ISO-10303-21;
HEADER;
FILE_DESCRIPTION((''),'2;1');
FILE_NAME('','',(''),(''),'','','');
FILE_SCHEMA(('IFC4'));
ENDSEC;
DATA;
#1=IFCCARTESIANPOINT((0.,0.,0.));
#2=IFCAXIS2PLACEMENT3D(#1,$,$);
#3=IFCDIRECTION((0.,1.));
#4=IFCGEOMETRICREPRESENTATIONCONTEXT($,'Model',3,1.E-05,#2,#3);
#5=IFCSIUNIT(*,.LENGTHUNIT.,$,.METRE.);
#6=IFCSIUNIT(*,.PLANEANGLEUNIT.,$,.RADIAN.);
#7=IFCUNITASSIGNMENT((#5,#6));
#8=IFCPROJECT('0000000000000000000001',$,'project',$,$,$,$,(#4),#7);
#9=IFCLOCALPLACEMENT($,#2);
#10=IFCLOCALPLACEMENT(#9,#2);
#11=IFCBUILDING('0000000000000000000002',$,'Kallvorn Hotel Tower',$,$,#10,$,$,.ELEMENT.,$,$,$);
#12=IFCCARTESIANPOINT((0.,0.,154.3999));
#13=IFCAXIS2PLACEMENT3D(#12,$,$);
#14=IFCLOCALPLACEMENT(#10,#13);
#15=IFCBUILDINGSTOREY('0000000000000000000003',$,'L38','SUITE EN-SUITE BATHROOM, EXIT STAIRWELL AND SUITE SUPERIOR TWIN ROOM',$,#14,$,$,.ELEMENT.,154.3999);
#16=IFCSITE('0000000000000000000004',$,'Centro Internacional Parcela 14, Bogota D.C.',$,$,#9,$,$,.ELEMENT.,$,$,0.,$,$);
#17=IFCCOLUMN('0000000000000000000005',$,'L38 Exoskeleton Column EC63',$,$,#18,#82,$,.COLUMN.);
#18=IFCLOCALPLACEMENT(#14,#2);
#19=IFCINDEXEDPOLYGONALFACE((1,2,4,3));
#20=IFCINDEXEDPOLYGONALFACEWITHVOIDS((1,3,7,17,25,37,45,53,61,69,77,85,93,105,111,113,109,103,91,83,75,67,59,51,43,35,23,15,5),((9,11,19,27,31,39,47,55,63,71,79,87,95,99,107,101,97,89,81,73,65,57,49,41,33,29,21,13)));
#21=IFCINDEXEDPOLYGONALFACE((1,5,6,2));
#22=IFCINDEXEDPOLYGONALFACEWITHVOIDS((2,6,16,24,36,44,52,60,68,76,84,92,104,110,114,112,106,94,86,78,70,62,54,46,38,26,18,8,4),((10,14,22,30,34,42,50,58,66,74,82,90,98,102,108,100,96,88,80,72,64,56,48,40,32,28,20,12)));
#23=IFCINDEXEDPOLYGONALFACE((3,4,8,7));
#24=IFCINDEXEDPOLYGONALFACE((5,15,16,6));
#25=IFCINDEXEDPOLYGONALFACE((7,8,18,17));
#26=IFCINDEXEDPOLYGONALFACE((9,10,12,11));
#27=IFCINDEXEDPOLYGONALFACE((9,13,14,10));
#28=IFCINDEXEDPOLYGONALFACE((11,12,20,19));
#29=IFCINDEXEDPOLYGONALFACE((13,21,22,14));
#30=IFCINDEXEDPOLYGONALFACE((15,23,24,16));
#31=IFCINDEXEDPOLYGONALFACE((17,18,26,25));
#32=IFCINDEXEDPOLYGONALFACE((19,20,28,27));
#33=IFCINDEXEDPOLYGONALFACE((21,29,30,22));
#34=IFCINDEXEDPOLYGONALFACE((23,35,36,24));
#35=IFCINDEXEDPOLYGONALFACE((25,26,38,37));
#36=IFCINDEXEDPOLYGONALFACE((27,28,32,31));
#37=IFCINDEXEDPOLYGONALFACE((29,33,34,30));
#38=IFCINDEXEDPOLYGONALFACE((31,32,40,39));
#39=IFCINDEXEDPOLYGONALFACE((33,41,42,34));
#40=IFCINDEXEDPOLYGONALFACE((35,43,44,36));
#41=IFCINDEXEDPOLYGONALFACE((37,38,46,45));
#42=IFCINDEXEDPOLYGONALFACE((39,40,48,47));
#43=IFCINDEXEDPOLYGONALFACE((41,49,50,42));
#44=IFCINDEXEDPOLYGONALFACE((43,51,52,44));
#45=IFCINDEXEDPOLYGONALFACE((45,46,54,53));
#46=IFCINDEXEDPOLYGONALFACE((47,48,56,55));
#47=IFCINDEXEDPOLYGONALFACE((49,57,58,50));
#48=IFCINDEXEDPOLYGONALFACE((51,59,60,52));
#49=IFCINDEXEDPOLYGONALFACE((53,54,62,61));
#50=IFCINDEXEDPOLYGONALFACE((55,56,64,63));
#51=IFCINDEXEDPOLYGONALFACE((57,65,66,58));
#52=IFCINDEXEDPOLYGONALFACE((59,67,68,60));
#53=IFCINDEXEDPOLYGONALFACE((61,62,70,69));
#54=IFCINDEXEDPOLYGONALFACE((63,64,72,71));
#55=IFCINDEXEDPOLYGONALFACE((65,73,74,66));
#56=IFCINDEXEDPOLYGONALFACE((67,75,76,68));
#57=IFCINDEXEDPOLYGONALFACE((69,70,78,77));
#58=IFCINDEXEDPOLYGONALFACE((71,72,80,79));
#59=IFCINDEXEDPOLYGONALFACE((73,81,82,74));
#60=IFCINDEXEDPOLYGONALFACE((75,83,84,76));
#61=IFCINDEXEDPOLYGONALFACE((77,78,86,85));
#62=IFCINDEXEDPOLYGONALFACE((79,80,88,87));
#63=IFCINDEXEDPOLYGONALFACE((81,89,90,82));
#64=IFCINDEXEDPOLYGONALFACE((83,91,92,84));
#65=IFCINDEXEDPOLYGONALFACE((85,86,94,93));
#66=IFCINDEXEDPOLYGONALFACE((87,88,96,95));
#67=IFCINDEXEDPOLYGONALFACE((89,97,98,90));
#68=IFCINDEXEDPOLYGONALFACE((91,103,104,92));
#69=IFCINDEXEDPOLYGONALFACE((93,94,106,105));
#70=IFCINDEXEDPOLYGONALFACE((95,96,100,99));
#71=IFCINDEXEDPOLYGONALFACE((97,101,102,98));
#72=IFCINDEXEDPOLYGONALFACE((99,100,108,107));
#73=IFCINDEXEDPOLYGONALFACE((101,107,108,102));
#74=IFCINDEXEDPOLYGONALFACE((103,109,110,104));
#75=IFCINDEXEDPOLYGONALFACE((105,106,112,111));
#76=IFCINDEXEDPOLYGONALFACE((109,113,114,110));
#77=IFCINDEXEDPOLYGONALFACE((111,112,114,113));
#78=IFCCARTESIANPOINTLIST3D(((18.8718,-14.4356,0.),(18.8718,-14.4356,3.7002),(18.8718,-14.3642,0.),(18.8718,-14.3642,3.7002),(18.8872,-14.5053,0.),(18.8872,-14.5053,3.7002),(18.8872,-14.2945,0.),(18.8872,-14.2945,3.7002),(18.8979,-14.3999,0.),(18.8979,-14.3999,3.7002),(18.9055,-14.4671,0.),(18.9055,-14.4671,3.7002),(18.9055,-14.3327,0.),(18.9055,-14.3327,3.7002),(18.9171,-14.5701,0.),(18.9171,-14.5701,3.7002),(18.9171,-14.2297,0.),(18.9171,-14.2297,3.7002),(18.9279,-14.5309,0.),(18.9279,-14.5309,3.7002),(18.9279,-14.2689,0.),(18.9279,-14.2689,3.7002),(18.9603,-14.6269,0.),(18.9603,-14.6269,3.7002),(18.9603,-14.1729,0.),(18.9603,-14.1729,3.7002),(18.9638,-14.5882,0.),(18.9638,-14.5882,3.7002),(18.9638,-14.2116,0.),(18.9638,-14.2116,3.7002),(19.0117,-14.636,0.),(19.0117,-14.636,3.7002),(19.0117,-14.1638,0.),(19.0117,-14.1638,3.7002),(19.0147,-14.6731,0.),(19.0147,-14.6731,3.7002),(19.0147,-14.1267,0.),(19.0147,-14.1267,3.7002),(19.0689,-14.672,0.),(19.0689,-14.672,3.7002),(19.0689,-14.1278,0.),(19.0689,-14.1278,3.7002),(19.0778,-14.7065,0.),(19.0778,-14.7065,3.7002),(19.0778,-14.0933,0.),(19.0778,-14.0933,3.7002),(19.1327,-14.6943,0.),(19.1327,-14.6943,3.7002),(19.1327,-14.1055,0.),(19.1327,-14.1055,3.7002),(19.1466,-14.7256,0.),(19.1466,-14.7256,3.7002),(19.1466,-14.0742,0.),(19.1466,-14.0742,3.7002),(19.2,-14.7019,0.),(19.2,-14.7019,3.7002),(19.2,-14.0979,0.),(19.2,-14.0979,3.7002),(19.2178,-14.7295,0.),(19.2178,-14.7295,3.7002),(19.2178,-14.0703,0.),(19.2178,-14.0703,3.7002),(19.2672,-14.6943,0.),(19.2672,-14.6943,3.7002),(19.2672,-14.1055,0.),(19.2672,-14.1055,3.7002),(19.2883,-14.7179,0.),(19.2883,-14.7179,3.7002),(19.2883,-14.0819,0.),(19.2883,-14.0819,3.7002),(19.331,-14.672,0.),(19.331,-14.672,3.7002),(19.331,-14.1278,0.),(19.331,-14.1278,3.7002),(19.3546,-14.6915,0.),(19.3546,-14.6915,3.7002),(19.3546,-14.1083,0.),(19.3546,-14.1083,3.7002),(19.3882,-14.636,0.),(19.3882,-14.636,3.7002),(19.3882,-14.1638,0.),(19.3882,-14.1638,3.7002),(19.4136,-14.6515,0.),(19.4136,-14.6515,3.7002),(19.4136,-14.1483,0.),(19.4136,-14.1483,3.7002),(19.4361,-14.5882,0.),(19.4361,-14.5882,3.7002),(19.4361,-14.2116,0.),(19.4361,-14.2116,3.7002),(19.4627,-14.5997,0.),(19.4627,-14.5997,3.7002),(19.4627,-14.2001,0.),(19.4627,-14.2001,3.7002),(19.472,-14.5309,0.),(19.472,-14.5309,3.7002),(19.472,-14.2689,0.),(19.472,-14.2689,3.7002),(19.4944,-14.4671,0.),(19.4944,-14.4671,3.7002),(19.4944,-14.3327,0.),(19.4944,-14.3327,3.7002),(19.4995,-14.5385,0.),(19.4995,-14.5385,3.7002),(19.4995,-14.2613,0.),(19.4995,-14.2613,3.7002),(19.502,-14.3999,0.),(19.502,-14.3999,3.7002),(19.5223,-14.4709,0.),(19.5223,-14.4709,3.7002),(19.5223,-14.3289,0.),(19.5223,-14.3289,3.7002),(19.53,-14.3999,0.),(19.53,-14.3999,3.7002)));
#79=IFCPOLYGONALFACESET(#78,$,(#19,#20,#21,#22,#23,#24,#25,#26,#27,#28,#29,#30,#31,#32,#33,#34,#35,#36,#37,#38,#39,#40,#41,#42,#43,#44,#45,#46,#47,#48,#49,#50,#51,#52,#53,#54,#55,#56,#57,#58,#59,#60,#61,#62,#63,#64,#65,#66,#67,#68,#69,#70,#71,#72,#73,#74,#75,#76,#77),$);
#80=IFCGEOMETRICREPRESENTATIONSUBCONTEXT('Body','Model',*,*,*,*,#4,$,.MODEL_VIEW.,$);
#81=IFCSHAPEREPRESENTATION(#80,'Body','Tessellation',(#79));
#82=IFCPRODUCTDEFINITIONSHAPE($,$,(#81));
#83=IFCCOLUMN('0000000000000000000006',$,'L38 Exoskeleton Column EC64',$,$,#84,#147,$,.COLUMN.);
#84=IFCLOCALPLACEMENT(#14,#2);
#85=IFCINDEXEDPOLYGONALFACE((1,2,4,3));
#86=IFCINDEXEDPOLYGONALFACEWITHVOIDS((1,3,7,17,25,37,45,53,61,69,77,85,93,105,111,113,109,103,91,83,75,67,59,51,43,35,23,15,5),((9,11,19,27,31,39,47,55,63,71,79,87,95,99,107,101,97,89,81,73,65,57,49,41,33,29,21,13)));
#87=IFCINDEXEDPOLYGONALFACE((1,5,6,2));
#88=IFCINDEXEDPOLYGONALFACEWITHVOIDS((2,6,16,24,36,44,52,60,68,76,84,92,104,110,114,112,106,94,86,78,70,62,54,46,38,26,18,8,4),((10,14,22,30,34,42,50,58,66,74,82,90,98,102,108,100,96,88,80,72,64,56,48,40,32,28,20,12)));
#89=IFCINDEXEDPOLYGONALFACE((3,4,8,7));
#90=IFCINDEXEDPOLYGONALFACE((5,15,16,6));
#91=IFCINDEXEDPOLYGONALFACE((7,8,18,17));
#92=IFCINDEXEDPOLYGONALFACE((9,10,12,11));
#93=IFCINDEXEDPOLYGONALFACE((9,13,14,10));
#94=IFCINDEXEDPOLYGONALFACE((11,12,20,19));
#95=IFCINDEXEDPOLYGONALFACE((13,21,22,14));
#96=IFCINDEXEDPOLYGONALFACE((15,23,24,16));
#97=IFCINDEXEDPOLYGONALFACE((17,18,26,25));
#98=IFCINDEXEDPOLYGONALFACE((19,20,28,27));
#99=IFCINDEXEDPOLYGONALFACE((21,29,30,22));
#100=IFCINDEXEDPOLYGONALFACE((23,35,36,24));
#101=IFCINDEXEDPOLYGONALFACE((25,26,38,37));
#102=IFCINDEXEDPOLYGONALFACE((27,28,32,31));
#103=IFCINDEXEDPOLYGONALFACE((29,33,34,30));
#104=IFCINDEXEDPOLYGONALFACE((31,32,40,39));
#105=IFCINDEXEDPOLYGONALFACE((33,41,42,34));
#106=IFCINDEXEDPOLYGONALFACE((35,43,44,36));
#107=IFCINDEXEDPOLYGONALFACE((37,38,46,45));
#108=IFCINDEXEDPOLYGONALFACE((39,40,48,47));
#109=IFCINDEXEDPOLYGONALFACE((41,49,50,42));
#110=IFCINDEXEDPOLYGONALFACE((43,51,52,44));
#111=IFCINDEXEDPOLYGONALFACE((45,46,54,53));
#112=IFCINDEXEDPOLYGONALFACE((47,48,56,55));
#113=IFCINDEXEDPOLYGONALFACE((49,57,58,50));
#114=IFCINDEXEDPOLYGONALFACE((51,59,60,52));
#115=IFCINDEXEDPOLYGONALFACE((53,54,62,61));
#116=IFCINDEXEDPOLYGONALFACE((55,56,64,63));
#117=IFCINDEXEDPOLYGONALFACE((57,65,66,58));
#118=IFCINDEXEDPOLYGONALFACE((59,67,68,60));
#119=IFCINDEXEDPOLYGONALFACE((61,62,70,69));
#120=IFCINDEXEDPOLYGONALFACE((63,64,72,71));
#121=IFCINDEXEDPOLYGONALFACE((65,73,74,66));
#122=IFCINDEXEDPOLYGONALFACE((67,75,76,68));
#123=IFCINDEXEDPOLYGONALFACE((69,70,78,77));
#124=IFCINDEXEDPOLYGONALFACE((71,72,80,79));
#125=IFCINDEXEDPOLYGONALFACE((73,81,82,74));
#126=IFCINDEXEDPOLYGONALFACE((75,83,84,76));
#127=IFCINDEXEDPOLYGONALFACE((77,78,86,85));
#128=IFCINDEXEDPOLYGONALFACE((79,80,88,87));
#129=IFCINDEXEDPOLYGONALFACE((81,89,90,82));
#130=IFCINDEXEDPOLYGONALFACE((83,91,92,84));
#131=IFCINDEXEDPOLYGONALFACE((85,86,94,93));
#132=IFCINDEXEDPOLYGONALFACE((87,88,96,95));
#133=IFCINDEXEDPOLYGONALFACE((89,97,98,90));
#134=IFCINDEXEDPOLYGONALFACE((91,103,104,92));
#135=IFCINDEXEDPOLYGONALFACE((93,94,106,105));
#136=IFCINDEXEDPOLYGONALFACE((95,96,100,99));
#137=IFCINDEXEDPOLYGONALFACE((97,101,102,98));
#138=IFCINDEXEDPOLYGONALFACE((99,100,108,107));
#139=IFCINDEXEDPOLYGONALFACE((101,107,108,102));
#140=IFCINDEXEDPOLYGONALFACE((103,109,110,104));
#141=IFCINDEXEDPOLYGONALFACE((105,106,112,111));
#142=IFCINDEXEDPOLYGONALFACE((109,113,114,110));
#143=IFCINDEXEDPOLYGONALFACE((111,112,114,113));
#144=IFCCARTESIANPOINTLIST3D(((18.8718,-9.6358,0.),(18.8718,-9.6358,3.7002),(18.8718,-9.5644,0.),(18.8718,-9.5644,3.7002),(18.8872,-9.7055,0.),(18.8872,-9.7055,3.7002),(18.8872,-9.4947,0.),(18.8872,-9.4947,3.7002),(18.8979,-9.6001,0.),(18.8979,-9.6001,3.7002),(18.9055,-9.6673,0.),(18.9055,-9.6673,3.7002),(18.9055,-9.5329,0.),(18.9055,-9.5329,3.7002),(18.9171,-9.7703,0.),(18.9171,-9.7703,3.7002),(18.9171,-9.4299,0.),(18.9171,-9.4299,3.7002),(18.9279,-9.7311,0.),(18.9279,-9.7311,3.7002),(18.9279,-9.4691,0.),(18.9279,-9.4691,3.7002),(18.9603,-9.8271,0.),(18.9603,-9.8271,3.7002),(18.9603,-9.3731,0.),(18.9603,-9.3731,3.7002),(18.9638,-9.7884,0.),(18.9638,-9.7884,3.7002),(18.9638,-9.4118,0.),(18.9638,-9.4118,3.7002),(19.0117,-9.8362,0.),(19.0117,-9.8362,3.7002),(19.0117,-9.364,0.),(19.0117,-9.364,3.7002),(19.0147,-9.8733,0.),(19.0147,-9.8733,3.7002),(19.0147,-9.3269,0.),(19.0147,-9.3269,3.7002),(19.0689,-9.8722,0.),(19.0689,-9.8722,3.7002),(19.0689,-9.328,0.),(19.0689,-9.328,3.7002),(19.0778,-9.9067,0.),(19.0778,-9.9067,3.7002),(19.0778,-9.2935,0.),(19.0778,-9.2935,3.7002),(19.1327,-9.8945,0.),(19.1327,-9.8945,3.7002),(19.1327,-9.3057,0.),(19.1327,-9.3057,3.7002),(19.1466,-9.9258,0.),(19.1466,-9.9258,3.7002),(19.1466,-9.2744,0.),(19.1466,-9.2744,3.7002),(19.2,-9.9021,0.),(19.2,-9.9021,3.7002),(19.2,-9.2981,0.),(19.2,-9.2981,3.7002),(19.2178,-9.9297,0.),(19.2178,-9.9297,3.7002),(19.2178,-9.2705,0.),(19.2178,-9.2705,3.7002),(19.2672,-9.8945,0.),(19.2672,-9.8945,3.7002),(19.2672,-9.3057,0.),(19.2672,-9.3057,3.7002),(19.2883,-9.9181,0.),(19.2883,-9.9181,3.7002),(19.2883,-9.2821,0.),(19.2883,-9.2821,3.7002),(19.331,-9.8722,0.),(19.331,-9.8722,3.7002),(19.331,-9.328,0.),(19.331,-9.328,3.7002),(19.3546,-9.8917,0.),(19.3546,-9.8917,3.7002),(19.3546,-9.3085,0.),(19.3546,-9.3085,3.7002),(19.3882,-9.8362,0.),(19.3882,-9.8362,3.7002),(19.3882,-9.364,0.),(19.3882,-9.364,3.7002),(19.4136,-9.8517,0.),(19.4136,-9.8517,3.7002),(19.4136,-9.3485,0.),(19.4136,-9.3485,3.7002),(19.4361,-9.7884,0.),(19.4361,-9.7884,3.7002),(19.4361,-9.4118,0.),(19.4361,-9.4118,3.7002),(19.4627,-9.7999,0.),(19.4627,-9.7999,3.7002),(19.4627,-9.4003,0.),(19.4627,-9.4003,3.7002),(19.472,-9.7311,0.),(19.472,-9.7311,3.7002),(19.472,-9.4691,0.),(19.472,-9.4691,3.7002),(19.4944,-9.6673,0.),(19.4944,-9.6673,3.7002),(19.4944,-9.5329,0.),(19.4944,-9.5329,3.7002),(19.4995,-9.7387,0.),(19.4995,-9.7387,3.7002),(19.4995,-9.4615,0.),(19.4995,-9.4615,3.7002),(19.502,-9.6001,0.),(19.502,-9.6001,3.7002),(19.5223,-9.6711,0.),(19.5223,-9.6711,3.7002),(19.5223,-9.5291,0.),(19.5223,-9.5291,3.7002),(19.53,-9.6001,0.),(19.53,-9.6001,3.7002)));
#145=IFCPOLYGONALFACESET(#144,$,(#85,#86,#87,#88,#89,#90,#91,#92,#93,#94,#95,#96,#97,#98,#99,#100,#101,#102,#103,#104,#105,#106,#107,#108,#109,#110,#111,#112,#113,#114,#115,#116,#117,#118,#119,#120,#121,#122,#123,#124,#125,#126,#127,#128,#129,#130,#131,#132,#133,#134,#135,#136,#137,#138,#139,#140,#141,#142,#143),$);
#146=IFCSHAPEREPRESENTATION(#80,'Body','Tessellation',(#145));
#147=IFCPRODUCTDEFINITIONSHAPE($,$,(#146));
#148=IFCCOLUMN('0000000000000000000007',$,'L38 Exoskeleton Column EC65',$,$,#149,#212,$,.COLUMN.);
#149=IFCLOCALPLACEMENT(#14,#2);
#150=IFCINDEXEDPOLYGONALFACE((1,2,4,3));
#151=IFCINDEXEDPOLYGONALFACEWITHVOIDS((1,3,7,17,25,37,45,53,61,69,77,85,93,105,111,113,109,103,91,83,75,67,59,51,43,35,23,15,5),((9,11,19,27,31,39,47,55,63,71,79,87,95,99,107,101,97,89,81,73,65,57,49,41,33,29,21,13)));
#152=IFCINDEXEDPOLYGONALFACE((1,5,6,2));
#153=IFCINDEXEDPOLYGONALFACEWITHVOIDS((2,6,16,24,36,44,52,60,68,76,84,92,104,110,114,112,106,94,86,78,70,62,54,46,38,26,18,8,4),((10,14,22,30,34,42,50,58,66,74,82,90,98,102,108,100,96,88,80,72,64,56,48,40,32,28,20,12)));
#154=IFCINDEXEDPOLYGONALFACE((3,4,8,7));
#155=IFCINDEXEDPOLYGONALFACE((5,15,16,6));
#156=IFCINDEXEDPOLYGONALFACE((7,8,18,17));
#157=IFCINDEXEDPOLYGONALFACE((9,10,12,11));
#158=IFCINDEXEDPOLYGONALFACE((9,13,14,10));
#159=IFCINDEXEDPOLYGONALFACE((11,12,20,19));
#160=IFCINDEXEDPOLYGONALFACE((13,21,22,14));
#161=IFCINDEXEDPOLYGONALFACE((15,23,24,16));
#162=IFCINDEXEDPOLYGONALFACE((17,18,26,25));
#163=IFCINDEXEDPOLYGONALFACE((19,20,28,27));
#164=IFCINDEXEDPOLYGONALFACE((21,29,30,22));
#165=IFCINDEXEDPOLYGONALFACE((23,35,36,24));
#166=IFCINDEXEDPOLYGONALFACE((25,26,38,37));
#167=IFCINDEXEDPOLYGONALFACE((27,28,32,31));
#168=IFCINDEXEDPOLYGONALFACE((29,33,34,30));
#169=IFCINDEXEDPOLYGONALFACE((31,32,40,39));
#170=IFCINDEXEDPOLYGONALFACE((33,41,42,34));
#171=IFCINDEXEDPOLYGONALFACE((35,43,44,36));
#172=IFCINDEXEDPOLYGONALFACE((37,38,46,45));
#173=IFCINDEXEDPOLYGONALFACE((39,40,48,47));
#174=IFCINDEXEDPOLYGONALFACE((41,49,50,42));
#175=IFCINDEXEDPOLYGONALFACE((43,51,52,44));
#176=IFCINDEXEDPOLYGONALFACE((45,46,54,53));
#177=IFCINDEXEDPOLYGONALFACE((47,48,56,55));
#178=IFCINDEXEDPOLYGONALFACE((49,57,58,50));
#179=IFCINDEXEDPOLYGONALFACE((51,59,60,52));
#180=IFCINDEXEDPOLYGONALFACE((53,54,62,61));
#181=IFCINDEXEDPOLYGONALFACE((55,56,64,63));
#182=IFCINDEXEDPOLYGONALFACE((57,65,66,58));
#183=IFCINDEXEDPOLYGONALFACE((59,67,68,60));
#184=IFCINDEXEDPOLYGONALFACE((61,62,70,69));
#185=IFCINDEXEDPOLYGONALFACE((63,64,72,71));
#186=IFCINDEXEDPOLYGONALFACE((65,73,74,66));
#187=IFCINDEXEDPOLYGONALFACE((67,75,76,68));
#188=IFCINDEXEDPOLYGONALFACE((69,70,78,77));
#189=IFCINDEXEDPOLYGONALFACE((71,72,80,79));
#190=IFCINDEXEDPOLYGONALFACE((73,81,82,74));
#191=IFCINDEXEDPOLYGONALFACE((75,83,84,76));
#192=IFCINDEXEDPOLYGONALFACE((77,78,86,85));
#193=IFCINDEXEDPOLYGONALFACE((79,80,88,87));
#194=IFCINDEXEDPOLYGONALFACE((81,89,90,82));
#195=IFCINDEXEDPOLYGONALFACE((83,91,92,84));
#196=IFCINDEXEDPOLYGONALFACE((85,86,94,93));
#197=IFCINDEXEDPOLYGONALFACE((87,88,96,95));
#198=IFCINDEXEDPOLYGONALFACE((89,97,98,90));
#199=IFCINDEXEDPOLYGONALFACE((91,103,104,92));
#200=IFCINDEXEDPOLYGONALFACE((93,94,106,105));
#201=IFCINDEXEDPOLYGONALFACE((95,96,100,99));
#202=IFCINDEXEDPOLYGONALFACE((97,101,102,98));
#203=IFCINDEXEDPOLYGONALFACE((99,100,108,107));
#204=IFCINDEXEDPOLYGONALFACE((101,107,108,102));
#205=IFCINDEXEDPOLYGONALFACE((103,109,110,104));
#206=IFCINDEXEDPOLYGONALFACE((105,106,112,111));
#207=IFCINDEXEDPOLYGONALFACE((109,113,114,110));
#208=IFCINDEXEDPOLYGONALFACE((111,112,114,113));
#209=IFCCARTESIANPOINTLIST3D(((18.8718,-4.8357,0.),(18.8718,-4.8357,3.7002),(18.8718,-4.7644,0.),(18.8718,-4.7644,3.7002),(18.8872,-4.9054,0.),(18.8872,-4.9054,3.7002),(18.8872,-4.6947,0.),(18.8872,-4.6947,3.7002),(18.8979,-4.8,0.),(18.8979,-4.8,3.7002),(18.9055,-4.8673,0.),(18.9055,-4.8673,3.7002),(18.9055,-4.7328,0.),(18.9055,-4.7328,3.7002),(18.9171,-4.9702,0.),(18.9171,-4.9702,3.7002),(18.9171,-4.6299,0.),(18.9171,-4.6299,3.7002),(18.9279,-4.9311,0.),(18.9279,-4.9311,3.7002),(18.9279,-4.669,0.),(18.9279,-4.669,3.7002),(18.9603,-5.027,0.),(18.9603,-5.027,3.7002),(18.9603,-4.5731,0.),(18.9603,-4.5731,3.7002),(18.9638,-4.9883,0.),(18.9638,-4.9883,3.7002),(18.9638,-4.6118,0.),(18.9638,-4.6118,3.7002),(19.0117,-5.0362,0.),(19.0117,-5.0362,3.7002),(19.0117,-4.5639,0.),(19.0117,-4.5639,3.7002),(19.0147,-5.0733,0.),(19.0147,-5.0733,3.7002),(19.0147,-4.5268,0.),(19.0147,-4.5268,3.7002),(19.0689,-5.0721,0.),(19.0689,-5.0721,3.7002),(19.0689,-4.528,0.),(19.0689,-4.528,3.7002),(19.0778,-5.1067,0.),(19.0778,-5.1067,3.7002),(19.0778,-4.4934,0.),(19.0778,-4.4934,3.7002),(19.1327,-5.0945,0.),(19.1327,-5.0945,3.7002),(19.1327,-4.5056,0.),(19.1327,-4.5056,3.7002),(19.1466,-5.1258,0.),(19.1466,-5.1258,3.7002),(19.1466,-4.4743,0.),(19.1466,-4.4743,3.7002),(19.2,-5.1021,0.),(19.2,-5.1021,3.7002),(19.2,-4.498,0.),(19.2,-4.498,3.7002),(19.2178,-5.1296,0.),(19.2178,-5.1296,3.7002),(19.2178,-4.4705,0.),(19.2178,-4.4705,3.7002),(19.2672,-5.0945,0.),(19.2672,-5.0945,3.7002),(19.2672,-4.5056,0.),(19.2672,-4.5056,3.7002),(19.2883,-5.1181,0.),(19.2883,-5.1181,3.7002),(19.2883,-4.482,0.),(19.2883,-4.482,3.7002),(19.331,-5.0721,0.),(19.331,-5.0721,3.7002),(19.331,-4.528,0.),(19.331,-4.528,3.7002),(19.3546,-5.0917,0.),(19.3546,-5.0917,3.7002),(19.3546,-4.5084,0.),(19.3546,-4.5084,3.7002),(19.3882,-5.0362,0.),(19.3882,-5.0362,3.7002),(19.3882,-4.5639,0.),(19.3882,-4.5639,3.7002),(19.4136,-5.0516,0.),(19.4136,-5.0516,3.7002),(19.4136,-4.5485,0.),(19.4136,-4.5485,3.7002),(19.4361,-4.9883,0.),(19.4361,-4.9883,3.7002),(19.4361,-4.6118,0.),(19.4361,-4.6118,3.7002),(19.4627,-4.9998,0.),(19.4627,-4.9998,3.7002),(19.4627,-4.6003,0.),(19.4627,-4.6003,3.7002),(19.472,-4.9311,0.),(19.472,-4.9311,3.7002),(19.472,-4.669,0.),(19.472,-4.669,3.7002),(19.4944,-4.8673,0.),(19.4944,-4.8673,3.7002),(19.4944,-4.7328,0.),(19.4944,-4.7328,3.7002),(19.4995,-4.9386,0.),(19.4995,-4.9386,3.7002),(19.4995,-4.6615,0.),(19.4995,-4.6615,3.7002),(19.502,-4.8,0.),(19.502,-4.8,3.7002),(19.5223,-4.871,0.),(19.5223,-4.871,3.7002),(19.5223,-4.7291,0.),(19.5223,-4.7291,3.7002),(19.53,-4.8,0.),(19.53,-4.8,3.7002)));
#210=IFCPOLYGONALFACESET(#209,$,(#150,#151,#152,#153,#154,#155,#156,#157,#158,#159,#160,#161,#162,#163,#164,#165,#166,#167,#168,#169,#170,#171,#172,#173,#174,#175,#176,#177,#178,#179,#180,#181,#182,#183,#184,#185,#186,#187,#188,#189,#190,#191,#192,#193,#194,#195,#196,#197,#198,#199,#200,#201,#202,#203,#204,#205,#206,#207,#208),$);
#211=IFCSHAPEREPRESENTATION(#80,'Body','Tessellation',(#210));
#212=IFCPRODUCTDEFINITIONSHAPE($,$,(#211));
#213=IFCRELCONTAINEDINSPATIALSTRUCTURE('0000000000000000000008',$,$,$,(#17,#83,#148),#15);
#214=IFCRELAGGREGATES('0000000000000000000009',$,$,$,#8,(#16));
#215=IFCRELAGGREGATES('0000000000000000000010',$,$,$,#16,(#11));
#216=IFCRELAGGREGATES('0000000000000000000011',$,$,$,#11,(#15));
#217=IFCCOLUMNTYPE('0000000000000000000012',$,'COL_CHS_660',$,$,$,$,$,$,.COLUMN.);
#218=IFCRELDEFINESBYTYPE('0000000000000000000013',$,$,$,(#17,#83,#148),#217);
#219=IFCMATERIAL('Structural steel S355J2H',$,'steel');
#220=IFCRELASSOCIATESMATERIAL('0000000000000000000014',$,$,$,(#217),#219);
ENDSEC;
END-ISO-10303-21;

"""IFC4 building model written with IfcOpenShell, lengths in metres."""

from ifc_helpers import new_model, si_unit, direction, frame, origin, origin_2d, place, context, subcontext, project, spatial, hollow_circle, extrude, material, material_profile, profile_set, type_object, element, save


model = new_model("IFC4")

# Units and contexts
model_context = context("Model", 3, precision=1e-05, world=origin(), true_north=direction((0.0, 1.0)))
body_context = subcontext(model_context, "Body", "Model", "MODEL_VIEW")
ifc_project = project(units=[si_unit("LENGTHUNIT", "METRE"), si_unit("PLANEANGLEUNIT", "RADIAN")], contexts=[model_context])

# Site, building, storey
site_placement = place(None, origin())
site = spatial("IfcSite", under=ifc_project, at=site_placement, Name="Centro Internacional Parcela 14, Bogota D.C.", CompositionType="ELEMENT", RefElevation=0.0)
building_placement = place(site_placement, origin())
building = spatial("IfcBuilding", under=site, at=building_placement, Name="Kallvorn Hotel Tower", CompositionType="ELEMENT")
storey_placement = place(building_placement, frame((0.0, 0.0, 154.3999)))
storey = spatial("IfcBuildingStorey", under=building, at=storey_placement, Name="L38", Description="SUITE EN-SUITE BATHROOM, EXIT STAIRWELL AND SUITE SUPERIOR TWIN ROOM", CompositionType="ELEMENT", Elevation=154.3999)

# Columns
ifc_material_1 = material(Name="Structural steel S355J2H", Category="steel")
ifc_material_profile_1 = material_profile(ifc_material_1, hollow_circle(Radius=0.3301, WallThickness=0.0281, at=origin_2d()), Name="CHS 660x28")
ifc_profile_set_1 = profile_set([ifc_material_profile_1], Name="Structural steel S355J2H")
column_type_1 = type_object("IfcColumnType", Name="COL_CHS_660", PredefinedType="COLUMN", material=ifc_profile_set_1)
for number, where, z_axis, x_axis, name in (
    (1, (19.2, -14.3999, 0.0), (0.0, 0.0, 1.0), (1.0, 0.0, 0.0), "L38 Exoskeleton Column EC63"),
    (2, (19.2, -9.6001, 0.0), (0.0, 0.0, 1.0), (1.0, 0.0, 0.0), "L38 Exoskeleton Column EC64"),
    (3, (19.2, -4.8, 0.0), (0.0, 0.0, 1.0), (1.0, 0.0, 0.0), "L38 Exoskeleton Column EC65"),
):
    element("IfcColumn", number, at=place(storey_placement, frame(where, z_axis=z_axis, x_axis=x_axis)), inside=storey, type_object=column_type_1, Name=name, PredefinedType="COLUMN", context=body_context, shape_type="SweptSolid", body=[
        extrude(hollow_circle(Radius=0.3301, WallThickness=0.0281, at=origin_2d()), origin(), (0.0, 0.0, 1.0), 3.7002),
    ])

save(model, "model.ifc")
